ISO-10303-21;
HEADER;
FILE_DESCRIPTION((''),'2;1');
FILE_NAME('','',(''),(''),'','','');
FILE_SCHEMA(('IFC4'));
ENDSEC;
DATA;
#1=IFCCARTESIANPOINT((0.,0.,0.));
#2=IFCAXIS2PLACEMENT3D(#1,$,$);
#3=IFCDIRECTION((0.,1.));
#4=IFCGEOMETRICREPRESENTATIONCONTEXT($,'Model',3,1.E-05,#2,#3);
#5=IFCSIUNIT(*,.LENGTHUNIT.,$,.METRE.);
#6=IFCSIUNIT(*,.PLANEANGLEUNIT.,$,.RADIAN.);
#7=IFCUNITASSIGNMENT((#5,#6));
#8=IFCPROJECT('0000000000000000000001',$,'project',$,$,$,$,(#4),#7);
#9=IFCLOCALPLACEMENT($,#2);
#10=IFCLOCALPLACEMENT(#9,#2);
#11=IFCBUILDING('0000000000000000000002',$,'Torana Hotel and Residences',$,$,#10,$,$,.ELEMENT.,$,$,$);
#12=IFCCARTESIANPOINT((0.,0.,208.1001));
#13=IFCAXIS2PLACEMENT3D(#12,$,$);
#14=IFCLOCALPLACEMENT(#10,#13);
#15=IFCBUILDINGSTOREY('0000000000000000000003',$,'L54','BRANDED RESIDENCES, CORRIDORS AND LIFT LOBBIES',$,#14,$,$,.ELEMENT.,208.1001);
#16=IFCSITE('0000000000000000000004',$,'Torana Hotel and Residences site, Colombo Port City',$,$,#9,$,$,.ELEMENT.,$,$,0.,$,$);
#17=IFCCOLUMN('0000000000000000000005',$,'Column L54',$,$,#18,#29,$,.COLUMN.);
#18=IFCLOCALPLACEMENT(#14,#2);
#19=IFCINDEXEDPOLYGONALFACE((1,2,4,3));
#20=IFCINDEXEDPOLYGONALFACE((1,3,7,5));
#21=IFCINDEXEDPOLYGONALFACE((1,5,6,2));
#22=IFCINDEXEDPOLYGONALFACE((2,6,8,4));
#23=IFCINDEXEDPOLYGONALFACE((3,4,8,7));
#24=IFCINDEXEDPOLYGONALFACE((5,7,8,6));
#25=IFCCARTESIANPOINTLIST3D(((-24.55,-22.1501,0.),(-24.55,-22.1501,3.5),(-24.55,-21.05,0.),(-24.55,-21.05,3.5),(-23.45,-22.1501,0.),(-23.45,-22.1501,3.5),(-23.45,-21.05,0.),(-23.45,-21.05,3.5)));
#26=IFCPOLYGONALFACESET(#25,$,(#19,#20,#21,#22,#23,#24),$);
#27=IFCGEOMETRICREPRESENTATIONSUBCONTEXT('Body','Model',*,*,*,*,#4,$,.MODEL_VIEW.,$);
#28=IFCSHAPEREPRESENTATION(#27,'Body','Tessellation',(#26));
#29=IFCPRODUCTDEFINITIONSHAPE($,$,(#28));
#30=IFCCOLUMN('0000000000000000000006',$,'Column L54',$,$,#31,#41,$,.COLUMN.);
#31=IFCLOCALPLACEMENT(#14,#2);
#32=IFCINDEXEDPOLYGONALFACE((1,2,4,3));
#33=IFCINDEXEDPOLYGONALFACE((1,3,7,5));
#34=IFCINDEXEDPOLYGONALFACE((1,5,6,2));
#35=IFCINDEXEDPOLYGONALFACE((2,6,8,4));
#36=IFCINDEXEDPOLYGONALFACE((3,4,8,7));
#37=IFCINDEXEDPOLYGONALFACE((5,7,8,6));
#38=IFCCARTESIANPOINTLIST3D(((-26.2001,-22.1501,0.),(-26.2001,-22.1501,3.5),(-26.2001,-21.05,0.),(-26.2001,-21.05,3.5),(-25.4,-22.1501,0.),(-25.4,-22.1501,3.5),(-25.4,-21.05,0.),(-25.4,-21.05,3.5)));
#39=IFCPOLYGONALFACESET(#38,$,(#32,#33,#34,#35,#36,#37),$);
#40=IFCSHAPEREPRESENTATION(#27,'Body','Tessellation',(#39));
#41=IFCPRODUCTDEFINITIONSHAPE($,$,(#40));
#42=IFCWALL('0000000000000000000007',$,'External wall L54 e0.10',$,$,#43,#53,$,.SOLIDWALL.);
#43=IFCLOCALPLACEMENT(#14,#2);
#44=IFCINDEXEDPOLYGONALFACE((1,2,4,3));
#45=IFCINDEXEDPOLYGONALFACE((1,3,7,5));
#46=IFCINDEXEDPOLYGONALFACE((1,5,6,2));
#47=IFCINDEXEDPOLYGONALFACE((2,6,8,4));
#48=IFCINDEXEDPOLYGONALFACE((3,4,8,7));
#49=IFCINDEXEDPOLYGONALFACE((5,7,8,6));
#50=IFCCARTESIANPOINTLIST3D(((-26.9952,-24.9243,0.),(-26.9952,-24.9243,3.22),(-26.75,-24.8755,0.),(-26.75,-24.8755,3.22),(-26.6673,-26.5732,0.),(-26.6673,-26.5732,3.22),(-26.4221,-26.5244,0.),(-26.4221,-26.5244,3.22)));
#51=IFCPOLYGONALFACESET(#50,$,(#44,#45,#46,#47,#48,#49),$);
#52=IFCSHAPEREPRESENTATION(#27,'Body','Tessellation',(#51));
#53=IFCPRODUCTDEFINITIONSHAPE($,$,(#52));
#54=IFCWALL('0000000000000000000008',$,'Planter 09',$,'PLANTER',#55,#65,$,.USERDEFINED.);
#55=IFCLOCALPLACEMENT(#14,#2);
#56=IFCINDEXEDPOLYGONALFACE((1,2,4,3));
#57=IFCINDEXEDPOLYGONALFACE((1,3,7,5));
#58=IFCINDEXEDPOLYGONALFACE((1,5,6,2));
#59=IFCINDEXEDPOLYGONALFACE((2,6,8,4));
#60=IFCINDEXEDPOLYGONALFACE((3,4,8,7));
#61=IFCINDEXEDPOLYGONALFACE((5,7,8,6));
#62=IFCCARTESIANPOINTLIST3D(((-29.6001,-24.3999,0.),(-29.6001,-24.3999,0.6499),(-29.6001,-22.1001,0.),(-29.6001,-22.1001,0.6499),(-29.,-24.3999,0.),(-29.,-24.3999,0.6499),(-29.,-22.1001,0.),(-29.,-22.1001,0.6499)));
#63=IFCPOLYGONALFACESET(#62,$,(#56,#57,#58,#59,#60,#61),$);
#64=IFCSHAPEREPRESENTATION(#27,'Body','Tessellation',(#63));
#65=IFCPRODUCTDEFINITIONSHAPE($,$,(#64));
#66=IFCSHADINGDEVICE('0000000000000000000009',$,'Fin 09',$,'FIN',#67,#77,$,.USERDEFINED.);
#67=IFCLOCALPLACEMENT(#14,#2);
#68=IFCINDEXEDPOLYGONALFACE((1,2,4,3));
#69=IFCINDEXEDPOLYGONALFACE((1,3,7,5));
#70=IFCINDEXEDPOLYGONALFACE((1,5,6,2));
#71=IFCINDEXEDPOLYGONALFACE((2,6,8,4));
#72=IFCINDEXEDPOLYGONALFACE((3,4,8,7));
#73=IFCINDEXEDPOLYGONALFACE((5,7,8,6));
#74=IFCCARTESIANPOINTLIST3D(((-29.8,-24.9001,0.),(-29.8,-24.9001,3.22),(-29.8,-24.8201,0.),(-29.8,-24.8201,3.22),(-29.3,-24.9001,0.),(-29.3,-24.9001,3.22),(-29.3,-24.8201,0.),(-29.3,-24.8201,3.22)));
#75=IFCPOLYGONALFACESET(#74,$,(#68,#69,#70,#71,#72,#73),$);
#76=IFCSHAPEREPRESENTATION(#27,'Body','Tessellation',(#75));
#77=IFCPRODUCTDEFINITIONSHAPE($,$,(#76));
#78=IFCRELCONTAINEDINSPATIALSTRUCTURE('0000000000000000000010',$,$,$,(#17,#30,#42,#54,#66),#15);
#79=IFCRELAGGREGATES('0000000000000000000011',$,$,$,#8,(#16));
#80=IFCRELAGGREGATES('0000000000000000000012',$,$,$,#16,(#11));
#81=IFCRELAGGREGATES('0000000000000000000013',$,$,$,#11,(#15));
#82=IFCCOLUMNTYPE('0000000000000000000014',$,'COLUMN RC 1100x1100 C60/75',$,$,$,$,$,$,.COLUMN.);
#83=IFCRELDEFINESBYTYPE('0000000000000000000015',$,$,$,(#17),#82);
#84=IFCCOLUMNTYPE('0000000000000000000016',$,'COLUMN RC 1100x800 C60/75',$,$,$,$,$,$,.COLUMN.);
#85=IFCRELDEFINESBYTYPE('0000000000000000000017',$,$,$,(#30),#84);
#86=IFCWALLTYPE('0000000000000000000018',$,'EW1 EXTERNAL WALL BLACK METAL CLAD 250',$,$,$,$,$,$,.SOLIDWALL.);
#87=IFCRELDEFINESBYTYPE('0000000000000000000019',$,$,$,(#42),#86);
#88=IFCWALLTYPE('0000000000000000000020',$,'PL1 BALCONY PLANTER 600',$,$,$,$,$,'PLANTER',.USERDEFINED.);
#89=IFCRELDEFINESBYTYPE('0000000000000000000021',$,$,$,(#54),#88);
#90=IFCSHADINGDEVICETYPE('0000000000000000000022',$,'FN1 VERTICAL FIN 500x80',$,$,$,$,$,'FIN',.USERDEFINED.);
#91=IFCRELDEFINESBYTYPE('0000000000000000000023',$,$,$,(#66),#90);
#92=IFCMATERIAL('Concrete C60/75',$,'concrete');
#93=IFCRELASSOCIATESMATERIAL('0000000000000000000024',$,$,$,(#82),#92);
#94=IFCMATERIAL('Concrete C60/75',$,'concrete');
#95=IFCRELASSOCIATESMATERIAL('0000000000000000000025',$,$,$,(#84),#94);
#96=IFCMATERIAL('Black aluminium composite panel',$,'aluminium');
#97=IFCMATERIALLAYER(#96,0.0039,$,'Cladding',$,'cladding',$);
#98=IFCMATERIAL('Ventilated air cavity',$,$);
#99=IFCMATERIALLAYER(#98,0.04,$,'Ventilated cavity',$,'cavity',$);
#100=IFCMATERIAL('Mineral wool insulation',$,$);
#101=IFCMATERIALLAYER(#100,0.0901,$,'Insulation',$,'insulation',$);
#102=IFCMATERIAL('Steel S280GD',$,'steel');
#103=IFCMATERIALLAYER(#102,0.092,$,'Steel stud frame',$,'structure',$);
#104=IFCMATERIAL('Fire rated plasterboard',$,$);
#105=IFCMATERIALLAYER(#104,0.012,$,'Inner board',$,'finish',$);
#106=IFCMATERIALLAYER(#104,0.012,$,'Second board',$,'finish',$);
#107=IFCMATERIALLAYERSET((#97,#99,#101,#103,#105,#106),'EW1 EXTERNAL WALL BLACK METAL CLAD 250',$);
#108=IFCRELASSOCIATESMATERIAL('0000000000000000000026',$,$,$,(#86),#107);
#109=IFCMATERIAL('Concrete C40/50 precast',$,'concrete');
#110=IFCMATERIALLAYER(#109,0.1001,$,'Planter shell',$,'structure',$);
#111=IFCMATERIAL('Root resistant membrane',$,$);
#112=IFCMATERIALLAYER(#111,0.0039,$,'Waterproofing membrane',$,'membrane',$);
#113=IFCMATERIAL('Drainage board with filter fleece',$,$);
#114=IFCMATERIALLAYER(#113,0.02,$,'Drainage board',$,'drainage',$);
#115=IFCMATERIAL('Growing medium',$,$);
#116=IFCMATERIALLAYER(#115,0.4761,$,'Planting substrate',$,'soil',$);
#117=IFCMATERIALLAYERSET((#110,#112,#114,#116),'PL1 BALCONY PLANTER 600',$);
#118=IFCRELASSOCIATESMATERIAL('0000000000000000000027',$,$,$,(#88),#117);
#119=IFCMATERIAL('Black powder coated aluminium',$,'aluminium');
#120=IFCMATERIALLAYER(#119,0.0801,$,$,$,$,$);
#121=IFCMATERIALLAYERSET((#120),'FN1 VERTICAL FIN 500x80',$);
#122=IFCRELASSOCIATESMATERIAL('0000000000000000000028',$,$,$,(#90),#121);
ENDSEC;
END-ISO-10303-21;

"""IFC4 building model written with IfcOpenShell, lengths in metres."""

from ifc_helpers import new_model, si_unit, direction, frame, frame_2d, origin, origin_2d, place, context, subcontext, project, spatial, rectangle, extrude, material, layer, layer_set, material_profile, profile_set, type_object, element, save


model = new_model("IFC4")

# Units and contexts
model_context = context("Model", 3, precision=1e-05, world=origin(), true_north=direction((0.0, 1.0)))
body_context = subcontext(model_context, "Body", "Model", "MODEL_VIEW")
ifc_project = project(units=[si_unit("LENGTHUNIT", "METRE"), si_unit("PLANEANGLEUNIT", "RADIAN")], contexts=[model_context])

# Site, building, storey
site_placement = place(None, origin())
site = spatial("IfcSite", under=ifc_project, at=site_placement, Name="Torana Hotel and Residences site, Colombo Port City", CompositionType="ELEMENT", RefElevation=0.0)
building_placement = place(site_placement, origin())
building = spatial("IfcBuilding", under=site, at=building_placement, Name="Torana Hotel and Residences", CompositionType="ELEMENT")
storey_placement = place(building_placement, frame((0.0, 0.0, 208.1001)))
storey = spatial("IfcBuildingStorey", under=building, at=storey_placement, Name="L54", Description="BRANDED RESIDENCES, CORRIDORS AND LIFT LOBBIES", CompositionType="ELEMENT", Elevation=208.1001)

# Columns
ifc_material_1 = material(Name="Concrete C60/75", Category="concrete")
ifc_material_profile_1 = material_profile(ifc_material_1, rectangle(XDim=1.1001, YDim=1.1001, at=origin_2d()), Name="RC 1100x1100")
ifc_profile_set_1 = profile_set([ifc_material_profile_1], Name="Concrete C60/75")
column_type_1 = type_object("IfcColumnType", Name="COLUMN RC 1100x1100 C60/75", PredefinedType="COLUMN", material=ifc_profile_set_1)
column_1_placement = place(storey_placement, frame((-24.0, -21.6001, 0.0), z_axis=(0.0, 0.0, 1.0), x_axis=(1.0, 0.0, 0.0)))
element("IfcColumn", 1, at=column_1_placement, inside=storey, type_object=column_type_1, Name="Column L54", PredefinedType="COLUMN", context=body_context, shape_type="SweptSolid", body=[
    extrude(rectangle(XDim=1.1001, YDim=1.1001, at=origin_2d()), origin(), (0.0, 0.0, 1.0), 3.5),
])
ifc_material_2 = material(Name="Concrete C60/75", Category="concrete")
ifc_material_profile_2 = material_profile(ifc_material_2, rectangle(XDim=1.1001, YDim=0.8, at=origin_2d()), Name="RC 1100x800")
ifc_profile_set_2 = profile_set([ifc_material_profile_2], Name="Concrete C60/75")
column_type_2 = type_object("IfcColumnType", Name="COLUMN RC 1100x800 C60/75", PredefinedType="COLUMN", material=ifc_profile_set_2)
column_2_placement = place(storey_placement, frame((-25.8, -21.6001, 0.0), z_axis=(0.0, 0.0, 1.0), x_axis=(0.0, 1.0, 0.0)))
element("IfcColumn", 2, at=column_2_placement, inside=storey, type_object=column_type_2, Name="Column L54", PredefinedType="COLUMN", context=body_context, shape_type="SweptSolid", body=[
    extrude(rectangle(XDim=1.1001, YDim=0.8, at=origin_2d()), origin(), (0.0, 0.0, 1.0), 3.5),
])

# Walls
ifc_material_3 = material(Name="Black aluminium composite panel", Category="aluminium")
ifc_layer_1 = layer(ifc_material_3, 0.0039, Name="Cladding", Category="cladding")
ifc_material_4 = material(Name="Ventilated air cavity")
ifc_layer_2 = layer(ifc_material_4, 0.04, Name="Ventilated cavity", Category="cavity")
ifc_material_5 = material(Name="Mineral wool insulation")
ifc_layer_3 = layer(ifc_material_5, 0.0901, Name="Insulation", Category="insulation")
ifc_material_6 = material(Name="Steel S280GD", Category="steel")
ifc_layer_4 = layer(ifc_material_6, 0.092, Name="Steel stud frame", Category="structure")
ifc_material_7 = material(Name="Fire rated plasterboard")
ifc_layer_5 = layer(ifc_material_7, 0.012, Name="Inner board", Category="finish")
ifc_layer_6 = layer(ifc_material_7, 0.012, Name="Second board", Category="finish")
ifc_layer_set_1 = layer_set([ifc_layer_1, ifc_layer_2, ifc_layer_3, ifc_layer_4, ifc_layer_5, ifc_layer_6], Name="EW1 EXTERNAL WALL BLACK METAL CLAD 250")
wall_type_1 = type_object("IfcWallType", Name="EW1 EXTERNAL WALL BLACK METAL CLAD 250", PredefinedType="SOLIDWALL", material=ifc_layer_set_1)
wall_1_placement = place(storey_placement, frame((-26.8726, -24.8999, 0.0), z_axis=(0.0, 0.0, 1.0), x_axis=(0.195027, -0.980798, 0.0)))
element("IfcWall", 3, at=wall_1_placement, inside=storey, type_object=wall_type_1, Name="External wall L54 e0.10", PredefinedType="SOLIDWALL", context=body_context, shape_type="SweptSolid", body=[
    extrude(rectangle(XDim=1.6812, YDim=0.25, at=frame_2d((0.8406, 0.0))), origin(), (0.0, 0.0, 1.0), 3.22),
])
ifc_material_8 = material(Name="Concrete C40/50 precast", Category="concrete")
ifc_layer_7 = layer(ifc_material_8, 0.1001, Name="Planter shell", Category="structure")
ifc_material_9 = material(Name="Root resistant membrane")
ifc_layer_8 = layer(ifc_material_9, 0.0039, Name="Waterproofing membrane", Category="membrane")
ifc_material_10 = material(Name="Drainage board with filter fleece")
ifc_layer_9 = layer(ifc_material_10, 0.02, Name="Drainage board", Category="drainage")
ifc_material_11 = material(Name="Growing medium")
ifc_layer_10 = layer(ifc_material_11, 0.4761, Name="Planting substrate", Category="soil")
ifc_layer_set_2 = layer_set([ifc_layer_7, ifc_layer_8, ifc_layer_9, ifc_layer_10], Name="PL1 BALCONY PLANTER 600")
wall_type_2 = type_object("IfcWallType", Name="PL1 BALCONY PLANTER 600", ElementType="PLANTER", PredefinedType="USERDEFINED", material=ifc_layer_set_2)
wall_2_placement = place(storey_placement, frame((-29.3, -24.3999, 0.0), z_axis=(0.0, 0.0, 1.0), x_axis=(0.0, 1.0, 0.0)))
element("IfcWall", 4, at=wall_2_placement, inside=storey, type_object=wall_type_2, Name="Planter 09", ObjectType="PLANTER", PredefinedType="USERDEFINED", context=body_context, shape_type="SweptSolid", body=[
    extrude(rectangle(XDim=2.2998, YDim=0.6001, at=frame_2d((1.1499, 0.0))), origin(), (0.0, 0.0, 1.0), 0.6499),
])

# Shading device
ifc_material_12 = material(Name="Black powder coated aluminium", Category="aluminium")
ifc_layer_11 = layer(ifc_material_12, 0.0801)
ifc_layer_set_3 = layer_set([ifc_layer_11], Name="FN1 VERTICAL FIN 500x80")
shading_device_type = type_object("IfcShadingDeviceType", Name="FN1 VERTICAL FIN 500x80", ElementType="FIN", PredefinedType="USERDEFINED", material=ifc_layer_set_3)
shading_device_placement = place(storey_placement, frame((-29.55, -24.8601, 0.0), z_axis=(0.0, 0.0, 1.0), x_axis=(0.0, 1.0, 0.0)))
element("IfcShadingDevice", 5, at=shading_device_placement, inside=storey, type_object=shading_device_type, Name="Fin 09", ObjectType="FIN", PredefinedType="USERDEFINED", context=body_context, shape_type="SweptSolid", body=[
    extrude(rectangle(XDim=0.0801, YDim=0.5, at=origin_2d()), origin(), (0.0, 0.0, 1.0), 3.22),
])

save(model, "model.ifc")
